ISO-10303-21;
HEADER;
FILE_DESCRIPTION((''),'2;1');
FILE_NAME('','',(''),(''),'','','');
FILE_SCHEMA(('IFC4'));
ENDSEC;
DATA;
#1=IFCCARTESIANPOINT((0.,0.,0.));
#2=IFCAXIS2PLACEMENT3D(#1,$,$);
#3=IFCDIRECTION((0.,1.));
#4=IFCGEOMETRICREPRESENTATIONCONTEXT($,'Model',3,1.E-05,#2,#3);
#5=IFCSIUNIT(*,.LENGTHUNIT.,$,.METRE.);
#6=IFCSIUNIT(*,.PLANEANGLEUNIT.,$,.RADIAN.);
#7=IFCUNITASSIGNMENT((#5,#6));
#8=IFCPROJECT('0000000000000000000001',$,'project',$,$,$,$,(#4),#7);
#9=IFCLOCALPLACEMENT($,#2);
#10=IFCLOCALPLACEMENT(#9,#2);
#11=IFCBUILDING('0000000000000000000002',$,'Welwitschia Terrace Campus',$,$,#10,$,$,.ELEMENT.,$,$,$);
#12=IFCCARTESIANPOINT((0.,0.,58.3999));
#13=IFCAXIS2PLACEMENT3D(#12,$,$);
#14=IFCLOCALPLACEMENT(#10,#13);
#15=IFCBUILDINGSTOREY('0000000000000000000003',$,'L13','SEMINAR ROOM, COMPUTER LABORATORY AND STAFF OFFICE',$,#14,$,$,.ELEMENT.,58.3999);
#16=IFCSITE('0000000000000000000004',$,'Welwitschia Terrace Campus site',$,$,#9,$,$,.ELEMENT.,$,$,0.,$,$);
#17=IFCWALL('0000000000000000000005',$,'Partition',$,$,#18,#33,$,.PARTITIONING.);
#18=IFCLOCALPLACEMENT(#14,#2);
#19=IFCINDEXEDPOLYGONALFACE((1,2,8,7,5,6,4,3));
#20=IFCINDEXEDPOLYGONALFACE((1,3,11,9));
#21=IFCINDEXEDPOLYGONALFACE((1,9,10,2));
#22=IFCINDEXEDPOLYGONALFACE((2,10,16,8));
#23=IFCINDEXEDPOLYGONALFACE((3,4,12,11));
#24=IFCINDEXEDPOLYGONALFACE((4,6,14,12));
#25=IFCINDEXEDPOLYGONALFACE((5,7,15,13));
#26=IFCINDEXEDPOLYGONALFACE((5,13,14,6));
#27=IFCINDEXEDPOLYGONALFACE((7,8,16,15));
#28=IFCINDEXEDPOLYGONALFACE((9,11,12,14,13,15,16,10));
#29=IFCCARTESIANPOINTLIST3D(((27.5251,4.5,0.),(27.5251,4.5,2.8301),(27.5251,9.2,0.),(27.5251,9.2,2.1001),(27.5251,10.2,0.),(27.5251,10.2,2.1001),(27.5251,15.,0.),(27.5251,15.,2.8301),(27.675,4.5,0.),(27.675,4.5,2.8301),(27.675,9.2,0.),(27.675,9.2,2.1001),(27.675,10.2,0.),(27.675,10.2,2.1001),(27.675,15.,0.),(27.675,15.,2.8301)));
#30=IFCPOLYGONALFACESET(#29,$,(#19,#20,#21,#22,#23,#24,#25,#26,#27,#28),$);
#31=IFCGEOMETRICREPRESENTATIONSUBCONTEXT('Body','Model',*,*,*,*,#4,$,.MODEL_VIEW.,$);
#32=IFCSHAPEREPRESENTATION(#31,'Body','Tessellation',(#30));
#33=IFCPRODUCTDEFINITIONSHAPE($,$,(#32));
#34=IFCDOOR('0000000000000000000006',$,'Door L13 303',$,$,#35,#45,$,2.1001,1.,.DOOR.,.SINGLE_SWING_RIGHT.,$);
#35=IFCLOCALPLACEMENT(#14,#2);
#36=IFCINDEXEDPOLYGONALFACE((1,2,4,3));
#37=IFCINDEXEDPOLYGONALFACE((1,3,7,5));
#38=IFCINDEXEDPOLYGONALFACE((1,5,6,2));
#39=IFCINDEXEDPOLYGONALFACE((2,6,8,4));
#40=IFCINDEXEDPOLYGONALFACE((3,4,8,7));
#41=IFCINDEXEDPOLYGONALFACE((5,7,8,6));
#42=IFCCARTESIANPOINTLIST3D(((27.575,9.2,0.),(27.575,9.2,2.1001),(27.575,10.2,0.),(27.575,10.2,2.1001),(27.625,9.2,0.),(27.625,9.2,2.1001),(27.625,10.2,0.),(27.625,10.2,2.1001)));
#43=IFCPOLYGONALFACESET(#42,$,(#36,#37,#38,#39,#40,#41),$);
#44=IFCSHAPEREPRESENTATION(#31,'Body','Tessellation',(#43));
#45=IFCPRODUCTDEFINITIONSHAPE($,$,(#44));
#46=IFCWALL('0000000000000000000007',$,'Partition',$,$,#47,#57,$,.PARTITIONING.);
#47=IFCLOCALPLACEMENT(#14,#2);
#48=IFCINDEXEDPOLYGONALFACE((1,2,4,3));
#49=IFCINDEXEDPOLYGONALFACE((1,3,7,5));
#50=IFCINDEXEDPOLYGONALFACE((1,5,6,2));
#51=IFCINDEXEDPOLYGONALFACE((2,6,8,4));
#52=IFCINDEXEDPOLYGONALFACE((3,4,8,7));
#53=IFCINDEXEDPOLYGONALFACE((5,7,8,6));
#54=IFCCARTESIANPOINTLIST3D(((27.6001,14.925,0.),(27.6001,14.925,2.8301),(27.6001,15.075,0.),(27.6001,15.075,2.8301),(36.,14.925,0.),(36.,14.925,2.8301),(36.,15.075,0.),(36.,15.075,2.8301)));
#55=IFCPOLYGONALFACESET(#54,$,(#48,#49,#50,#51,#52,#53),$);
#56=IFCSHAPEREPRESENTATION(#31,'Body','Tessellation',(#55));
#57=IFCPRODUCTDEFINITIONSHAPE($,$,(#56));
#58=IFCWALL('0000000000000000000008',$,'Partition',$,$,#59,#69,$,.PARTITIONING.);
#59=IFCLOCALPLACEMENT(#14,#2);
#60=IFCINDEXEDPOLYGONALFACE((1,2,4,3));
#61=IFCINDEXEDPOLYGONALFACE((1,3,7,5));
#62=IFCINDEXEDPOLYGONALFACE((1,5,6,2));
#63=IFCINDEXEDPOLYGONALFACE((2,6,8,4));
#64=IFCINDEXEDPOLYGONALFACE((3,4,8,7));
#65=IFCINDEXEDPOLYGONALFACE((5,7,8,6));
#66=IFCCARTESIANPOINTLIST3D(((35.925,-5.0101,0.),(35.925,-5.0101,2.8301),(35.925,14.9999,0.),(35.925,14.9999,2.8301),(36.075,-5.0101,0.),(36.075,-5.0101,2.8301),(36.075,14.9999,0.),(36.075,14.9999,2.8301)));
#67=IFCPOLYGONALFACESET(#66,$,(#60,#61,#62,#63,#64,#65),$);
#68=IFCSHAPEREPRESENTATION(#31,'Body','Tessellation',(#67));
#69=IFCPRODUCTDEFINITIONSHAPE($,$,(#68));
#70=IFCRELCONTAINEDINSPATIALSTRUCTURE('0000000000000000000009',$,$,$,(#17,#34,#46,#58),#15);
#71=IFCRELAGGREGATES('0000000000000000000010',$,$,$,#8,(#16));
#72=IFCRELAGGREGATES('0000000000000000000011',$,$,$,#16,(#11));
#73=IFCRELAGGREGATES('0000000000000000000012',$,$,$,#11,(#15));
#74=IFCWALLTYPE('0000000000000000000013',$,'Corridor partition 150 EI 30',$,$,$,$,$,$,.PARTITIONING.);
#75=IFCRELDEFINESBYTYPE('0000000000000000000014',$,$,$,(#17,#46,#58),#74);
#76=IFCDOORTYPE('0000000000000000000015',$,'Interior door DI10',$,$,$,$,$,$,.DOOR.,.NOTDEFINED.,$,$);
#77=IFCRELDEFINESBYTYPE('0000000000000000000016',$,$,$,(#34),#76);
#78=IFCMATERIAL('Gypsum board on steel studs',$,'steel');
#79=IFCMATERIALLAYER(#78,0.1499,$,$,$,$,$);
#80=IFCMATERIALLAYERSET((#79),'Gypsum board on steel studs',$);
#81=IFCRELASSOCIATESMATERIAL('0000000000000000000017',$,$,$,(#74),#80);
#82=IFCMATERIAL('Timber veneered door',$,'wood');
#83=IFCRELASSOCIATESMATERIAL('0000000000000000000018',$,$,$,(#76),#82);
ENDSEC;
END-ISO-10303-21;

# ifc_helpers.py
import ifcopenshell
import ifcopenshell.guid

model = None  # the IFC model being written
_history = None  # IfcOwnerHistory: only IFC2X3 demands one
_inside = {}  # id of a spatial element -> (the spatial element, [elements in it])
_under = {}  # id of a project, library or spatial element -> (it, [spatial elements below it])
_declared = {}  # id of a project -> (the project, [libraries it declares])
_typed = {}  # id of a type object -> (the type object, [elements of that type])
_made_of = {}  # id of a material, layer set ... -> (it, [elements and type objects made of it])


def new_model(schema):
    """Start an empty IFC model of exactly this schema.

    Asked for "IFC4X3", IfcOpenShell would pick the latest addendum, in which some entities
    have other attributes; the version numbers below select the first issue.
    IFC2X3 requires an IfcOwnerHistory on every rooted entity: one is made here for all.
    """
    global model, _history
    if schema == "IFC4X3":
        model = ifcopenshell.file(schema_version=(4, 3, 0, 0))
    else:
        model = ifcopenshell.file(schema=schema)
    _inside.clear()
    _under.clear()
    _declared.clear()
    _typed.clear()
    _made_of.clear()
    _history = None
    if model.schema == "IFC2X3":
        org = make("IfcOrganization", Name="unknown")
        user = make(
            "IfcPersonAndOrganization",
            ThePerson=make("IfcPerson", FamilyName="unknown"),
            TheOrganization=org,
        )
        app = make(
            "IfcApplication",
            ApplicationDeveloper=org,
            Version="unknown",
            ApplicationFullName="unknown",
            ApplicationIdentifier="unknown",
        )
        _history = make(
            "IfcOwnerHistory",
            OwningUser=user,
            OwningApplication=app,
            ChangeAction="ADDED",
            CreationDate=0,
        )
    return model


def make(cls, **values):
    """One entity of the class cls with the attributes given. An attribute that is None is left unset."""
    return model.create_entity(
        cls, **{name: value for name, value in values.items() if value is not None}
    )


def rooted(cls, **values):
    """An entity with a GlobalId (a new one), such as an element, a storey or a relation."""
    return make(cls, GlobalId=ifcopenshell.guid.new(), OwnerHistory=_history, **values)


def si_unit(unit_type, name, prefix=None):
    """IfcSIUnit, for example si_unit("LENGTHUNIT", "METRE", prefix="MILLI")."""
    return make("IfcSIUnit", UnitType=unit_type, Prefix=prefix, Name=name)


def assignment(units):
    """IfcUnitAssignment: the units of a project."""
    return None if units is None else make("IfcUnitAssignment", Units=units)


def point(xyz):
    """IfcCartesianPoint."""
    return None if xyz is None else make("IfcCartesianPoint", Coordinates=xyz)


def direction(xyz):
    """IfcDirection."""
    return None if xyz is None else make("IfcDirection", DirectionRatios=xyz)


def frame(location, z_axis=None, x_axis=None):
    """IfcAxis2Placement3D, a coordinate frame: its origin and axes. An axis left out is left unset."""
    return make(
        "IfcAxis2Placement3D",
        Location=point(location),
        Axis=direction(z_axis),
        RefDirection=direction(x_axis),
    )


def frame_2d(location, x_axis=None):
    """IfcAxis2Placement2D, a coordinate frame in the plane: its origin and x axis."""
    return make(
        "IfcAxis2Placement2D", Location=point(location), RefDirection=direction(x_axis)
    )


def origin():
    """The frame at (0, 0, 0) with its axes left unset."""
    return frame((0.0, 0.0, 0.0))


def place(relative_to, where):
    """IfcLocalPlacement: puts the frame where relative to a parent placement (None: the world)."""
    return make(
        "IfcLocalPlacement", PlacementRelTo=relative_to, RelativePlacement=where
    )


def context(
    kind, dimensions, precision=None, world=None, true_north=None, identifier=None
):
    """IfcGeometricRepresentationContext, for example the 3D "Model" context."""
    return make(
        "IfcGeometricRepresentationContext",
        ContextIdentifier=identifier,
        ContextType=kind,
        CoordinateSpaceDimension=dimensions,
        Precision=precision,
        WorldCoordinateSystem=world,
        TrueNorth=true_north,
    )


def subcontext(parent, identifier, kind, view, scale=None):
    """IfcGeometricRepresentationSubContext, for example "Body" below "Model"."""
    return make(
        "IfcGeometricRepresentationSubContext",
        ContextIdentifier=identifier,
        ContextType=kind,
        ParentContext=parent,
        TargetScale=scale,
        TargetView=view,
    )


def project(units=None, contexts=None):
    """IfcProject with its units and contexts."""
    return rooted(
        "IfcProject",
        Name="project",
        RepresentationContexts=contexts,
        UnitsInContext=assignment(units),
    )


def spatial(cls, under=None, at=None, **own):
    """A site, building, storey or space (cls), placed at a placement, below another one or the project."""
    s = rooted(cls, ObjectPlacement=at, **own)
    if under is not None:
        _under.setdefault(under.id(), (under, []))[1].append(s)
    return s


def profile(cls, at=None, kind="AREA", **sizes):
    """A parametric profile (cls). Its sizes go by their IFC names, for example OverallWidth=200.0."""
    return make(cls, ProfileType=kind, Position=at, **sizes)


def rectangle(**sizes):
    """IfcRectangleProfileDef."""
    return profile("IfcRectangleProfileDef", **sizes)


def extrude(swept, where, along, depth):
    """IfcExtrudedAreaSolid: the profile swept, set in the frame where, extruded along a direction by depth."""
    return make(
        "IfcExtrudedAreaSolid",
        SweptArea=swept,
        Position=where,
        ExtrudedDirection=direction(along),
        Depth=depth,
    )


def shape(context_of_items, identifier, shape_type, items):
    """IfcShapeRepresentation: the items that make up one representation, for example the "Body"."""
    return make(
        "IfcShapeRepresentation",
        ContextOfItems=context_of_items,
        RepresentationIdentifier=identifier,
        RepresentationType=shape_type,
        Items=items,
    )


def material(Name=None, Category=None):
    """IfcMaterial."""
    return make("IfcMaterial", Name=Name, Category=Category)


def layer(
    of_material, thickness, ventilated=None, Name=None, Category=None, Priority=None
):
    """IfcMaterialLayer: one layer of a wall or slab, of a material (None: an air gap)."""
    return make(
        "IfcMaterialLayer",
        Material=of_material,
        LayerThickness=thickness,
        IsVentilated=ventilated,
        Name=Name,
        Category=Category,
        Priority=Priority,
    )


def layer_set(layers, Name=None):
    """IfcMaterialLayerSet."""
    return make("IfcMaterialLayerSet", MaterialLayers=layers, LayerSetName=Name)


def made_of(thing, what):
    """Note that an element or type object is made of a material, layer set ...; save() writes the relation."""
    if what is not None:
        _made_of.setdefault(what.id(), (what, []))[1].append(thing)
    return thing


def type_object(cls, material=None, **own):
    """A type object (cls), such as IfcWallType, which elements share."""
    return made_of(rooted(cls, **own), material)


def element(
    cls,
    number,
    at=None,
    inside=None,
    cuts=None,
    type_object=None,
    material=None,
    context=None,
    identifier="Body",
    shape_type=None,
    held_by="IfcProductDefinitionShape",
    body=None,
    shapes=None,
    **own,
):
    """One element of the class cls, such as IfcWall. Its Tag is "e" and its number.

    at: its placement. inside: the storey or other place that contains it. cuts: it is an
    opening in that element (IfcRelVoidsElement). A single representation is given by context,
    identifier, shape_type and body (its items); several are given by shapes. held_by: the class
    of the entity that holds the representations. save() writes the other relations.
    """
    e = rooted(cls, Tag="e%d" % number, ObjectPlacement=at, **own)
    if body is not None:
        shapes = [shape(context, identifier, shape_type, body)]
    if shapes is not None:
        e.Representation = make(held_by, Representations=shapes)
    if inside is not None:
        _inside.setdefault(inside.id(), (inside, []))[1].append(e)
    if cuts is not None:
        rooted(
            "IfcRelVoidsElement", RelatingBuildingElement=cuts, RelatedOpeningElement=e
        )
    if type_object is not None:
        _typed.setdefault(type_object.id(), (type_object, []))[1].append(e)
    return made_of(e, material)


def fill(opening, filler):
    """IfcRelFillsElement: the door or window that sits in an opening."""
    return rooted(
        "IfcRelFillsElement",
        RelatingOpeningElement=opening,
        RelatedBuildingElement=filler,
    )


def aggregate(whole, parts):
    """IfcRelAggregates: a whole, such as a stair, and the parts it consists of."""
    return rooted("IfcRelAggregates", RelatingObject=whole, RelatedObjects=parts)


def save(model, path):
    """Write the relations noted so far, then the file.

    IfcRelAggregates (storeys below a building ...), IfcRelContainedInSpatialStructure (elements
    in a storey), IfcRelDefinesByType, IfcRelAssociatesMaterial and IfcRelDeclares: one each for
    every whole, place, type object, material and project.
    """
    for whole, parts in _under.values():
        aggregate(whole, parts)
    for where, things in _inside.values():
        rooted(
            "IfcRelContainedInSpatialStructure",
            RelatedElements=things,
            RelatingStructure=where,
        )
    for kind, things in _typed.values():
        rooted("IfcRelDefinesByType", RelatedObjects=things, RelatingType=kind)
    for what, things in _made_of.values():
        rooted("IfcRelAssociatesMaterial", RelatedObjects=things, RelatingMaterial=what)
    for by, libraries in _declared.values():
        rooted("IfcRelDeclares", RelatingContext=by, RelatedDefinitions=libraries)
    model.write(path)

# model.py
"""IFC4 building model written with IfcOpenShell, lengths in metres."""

from ifc_helpers import new_model, si_unit, direction, frame, frame_2d, origin, place, context, subcontext, project, spatial, rectangle, extrude, material, layer, layer_set, type_object, element, fill, save


model = new_model("IFC4")

# Units and contexts
model_context = context("Model", 3, precision=1e-05, world=origin(), true_north=direction((0.0, 1.0)))
body_context = subcontext(model_context, "Body", "Model", "MODEL_VIEW")
ifc_project = project(units=[si_unit("LENGTHUNIT", "METRE"), si_unit("PLANEANGLEUNIT", "RADIAN")], contexts=[model_context])

# Site, building, storey
site_placement = place(None, origin())
site = spatial("IfcSite", under=ifc_project, at=site_placement, Name="Welwitschia Terrace Campus site", CompositionType="ELEMENT", RefElevation=0.0)
building_placement = place(site_placement, origin())
building = spatial("IfcBuilding", under=site, at=building_placement, Name="Welwitschia Terrace Campus", CompositionType="ELEMENT")
storey_placement = place(building_placement, frame((0.0, 0.0, 58.3999)))
storey = spatial("IfcBuildingStorey", under=building, at=storey_placement, Name="L13", Description="SEMINAR ROOM, COMPUTER LABORATORY AND STAFF OFFICE", CompositionType="ELEMENT", Elevation=58.3999)

# Shared definitions
ifc_material_1 = material(Name="Gypsum board on steel studs", Category="steel")
ifc_layer_1 = layer(ifc_material_1, 0.1499)
ifc_layer_set_1 = layer_set([ifc_layer_1], Name="Gypsum board on steel studs")
wall_type = type_object("IfcWallType", Name="Corridor partition 150 EI 30", PredefinedType="PARTITIONING", material=ifc_layer_set_1)

# Wall, opening, door
wall_1_placement = place(storey_placement, frame((27.6001, 15.0, 0.0), z_axis=(0.0, 0.0, 1.0), x_axis=(0.0, -1.0, 0.0)))
wall_1 = element("IfcWall", 1, at=wall_1_placement, inside=storey, type_object=wall_type, Name="Partition", PredefinedType="PARTITIONING", context=body_context, shape_type="SweptSolid", body=[
    extrude(rectangle(XDim=10.5, YDim=0.1499, at=frame_2d((5.25, 0.0))), origin(), (0.0, 0.0, 1.0), 2.8301),
])
opening_placement = place(wall_1_placement, frame((4.8, 0.0, 0.0)))
opening = element("IfcOpeningElement", 2, at=opening_placement, cuts=wall_1, PredefinedType="OPENING", context=body_context, shape_type="SweptSolid", body=[
    extrude(rectangle(XDim=1.0, YDim=2.1001, at=frame_2d((0.5, 1.05))), frame((0.0, 0.085, 0.0), z_axis=(0.0, -1.0, 0.0), x_axis=(1.0, 0.0, 0.0)), (0.0, 0.0, 1.0), 0.1699),
])
ifc_material_2 = material(Name="Timber veneered door", Category="wood")
door_type = type_object("IfcDoorType", Name="Interior door DI10", OperationType="NOTDEFINED", PredefinedType="DOOR", material=ifc_material_2)
door_placement = place(opening_placement, origin())
door = element("IfcDoor", 3, at=door_placement, inside=storey, type_object=door_type, Name="Door L13 303", OperationType="SINGLE_SWING_RIGHT", OverallHeight=2.1001, OverallWidth=1.0, PredefinedType="DOOR", context=body_context, shape_type="SweptSolid", body=[
    extrude(rectangle(XDim=1.0, YDim=2.1001, at=frame_2d((0.5, 1.05))), frame((0.0, 0.0249, 0.0), z_axis=(0.0, -1.0, 0.0), x_axis=(1.0, 0.0, 0.0)), (0.0, 0.0, 1.0), 0.05),
])
fill(opening, door)

# Walls
wall_2_placement = place(storey_placement, frame((27.6001, 15.0, 0.0), z_axis=(0.0, 0.0, 1.0), x_axis=(1.0, 0.0, 0.0)))
element("IfcWall", 4, at=wall_2_placement, inside=storey, type_object=wall_type, Name="Partition", PredefinedType="PARTITIONING", context=body_context, shape_type="SweptSolid", body=[
    extrude(rectangle(XDim=8.3999, YDim=0.1499, at=frame_2d((4.2, 0.0))), origin(), (0.0, 0.0, 1.0), 2.8301),
])
wall_3_placement = place(storey_placement, frame((36.0, -5.01, 0.0), z_axis=(0.0, 0.0, 1.0), x_axis=(0.0, 1.0, 0.0)))
element("IfcWall", 5, at=wall_3_placement, inside=storey, type_object=wall_type, Name="Partition", PredefinedType="PARTITIONING", context=body_context, shape_type="SweptSolid", body=[
    extrude(rectangle(XDim=20.01, YDim=0.1499, at=frame_2d((10.0049, 0.0))), origin(), (0.0, 0.0, 1.0), 2.8301),
])

save(model, "model.ifc")
